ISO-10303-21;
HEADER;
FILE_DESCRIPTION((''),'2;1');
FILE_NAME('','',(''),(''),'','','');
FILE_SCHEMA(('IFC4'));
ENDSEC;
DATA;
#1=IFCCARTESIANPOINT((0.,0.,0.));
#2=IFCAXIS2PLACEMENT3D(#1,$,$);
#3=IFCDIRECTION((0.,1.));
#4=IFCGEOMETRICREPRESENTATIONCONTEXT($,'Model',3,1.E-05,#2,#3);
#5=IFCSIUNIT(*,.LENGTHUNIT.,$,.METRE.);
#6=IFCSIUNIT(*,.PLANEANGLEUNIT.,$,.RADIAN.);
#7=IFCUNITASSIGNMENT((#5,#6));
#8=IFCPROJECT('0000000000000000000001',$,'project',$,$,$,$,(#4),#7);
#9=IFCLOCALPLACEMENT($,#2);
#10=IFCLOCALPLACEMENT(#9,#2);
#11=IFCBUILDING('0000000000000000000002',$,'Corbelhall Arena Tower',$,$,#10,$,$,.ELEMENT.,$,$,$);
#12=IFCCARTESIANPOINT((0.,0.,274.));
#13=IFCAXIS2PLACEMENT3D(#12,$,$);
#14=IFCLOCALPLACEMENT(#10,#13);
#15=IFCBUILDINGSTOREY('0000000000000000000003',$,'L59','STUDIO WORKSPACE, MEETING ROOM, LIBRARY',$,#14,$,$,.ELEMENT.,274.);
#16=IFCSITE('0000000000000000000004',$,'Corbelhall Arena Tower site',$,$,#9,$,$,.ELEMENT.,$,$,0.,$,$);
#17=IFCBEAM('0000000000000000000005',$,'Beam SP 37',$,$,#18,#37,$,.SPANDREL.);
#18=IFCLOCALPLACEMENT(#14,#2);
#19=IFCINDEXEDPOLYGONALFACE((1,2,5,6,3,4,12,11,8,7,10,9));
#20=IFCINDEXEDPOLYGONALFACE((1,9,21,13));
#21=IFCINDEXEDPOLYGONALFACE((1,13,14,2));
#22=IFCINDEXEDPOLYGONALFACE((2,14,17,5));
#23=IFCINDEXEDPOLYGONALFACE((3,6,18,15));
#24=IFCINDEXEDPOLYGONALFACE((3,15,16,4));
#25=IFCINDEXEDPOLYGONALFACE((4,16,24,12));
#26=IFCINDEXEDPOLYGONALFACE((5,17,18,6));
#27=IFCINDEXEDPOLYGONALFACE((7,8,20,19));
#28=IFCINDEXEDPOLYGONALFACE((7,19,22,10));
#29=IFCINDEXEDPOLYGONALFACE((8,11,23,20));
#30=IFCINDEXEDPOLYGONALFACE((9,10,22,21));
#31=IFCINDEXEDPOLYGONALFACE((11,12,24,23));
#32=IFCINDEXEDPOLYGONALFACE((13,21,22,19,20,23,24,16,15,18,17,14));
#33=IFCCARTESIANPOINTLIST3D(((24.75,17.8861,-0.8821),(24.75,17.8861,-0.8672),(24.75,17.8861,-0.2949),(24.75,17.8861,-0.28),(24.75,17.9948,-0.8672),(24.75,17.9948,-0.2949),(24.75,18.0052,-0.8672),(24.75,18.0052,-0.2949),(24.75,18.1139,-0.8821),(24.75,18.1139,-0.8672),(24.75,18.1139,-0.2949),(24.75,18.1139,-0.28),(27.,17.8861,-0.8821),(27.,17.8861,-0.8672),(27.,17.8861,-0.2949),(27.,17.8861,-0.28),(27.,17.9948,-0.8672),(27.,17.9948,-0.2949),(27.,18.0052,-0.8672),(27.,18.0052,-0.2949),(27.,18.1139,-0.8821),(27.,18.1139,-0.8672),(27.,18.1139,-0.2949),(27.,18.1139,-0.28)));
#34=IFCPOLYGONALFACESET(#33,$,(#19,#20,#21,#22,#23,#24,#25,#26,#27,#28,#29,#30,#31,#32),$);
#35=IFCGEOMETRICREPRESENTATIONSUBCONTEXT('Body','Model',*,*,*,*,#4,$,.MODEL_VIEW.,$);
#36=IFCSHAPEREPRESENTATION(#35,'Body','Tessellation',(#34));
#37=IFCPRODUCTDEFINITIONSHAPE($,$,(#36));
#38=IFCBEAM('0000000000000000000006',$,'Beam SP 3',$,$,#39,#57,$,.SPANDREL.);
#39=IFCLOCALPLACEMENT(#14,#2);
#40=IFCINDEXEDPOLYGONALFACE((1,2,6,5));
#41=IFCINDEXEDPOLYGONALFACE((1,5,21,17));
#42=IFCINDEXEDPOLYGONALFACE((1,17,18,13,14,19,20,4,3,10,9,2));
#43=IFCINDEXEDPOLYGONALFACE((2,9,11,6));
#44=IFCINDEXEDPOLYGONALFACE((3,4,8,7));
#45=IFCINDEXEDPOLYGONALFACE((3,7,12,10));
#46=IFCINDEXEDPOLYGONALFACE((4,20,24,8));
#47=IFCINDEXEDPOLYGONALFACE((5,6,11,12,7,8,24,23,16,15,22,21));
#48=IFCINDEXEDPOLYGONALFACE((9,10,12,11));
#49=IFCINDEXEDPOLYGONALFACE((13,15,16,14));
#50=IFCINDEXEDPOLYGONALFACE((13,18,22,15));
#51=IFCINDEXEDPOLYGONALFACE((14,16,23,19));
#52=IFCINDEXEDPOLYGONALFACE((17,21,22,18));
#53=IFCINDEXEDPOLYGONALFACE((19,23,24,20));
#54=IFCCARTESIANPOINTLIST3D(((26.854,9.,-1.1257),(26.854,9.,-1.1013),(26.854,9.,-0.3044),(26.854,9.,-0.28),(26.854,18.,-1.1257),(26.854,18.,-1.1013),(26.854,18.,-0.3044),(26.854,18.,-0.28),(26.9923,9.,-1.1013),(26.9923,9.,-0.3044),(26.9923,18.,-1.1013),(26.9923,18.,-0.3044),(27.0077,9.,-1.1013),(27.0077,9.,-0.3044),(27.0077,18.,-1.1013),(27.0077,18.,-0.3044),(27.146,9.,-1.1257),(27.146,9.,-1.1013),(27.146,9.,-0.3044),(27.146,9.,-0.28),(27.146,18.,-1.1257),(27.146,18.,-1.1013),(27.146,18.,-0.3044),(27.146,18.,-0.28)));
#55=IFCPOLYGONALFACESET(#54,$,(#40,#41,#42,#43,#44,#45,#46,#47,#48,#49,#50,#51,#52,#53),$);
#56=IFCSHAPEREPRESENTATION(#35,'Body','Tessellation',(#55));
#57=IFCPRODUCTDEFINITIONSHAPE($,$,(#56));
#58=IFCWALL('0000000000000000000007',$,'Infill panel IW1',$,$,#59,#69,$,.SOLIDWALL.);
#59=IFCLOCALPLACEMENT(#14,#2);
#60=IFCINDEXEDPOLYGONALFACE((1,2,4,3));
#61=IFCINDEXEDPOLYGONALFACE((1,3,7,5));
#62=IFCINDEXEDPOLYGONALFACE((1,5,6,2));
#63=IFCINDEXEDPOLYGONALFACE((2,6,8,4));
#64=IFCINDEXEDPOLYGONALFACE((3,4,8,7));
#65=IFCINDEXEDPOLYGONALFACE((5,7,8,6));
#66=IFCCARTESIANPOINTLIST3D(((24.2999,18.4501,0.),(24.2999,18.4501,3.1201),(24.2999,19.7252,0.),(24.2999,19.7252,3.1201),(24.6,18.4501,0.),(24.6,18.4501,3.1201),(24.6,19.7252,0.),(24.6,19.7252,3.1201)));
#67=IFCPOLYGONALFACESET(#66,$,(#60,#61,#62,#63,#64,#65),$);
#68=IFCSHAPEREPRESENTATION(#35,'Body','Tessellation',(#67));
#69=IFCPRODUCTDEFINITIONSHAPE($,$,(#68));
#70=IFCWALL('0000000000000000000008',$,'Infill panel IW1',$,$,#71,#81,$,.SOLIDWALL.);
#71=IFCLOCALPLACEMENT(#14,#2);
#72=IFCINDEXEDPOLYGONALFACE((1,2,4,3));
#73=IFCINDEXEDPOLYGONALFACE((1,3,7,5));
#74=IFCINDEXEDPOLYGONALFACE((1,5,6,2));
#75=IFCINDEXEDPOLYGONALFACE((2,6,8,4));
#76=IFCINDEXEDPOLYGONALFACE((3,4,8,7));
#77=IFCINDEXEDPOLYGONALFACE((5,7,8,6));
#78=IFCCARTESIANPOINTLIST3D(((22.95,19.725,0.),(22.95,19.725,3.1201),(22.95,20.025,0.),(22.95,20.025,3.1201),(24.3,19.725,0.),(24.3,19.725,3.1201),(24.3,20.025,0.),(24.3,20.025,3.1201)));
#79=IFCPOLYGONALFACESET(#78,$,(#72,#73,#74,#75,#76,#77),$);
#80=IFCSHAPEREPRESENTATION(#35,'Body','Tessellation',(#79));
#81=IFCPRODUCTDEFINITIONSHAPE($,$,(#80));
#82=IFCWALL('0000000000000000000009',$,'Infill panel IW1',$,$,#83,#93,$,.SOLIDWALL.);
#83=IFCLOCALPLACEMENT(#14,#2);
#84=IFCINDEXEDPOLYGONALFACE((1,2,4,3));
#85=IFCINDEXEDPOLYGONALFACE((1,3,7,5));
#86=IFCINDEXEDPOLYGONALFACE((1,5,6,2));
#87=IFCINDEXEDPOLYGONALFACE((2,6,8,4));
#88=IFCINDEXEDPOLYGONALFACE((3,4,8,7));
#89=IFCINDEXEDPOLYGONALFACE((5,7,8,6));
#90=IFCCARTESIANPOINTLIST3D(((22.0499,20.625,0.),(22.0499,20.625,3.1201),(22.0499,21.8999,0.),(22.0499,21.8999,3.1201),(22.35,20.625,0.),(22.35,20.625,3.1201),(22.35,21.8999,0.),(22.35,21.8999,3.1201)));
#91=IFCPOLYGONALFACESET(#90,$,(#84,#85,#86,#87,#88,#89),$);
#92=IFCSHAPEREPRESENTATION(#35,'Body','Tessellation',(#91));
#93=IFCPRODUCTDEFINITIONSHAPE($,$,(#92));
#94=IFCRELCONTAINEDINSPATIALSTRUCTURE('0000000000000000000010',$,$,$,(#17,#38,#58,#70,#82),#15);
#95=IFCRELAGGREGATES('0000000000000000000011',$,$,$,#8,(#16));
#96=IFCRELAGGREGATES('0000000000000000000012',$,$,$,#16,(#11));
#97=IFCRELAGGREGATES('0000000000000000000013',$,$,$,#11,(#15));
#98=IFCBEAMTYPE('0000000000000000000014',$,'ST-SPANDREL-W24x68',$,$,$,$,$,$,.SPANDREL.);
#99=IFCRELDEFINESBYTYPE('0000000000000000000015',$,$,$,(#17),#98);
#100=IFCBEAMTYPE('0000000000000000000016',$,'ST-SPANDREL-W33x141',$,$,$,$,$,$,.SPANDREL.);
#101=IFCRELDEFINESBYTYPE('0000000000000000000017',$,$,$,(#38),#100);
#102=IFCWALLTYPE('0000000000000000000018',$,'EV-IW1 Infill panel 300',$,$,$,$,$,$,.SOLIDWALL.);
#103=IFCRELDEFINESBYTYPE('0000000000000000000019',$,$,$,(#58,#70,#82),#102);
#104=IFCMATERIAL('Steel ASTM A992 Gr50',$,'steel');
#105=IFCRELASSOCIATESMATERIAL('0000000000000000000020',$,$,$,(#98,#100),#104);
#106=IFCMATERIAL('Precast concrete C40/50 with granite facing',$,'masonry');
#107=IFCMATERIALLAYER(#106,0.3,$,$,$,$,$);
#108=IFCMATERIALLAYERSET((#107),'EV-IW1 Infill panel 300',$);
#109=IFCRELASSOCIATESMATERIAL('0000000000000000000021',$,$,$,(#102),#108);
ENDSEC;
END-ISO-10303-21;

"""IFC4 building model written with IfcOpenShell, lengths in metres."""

from ifc_helpers import new_model, si_unit, direction, frame, frame_2d, origin, origin_2d, place, context, subcontext, project, spatial, rectangle, i_section, extrude, material, layer, layer_set, material_profile, profile_set, type_object, element, save


model = new_model("IFC4")

# Units and contexts
model_context = context("Model", 3, precision=1e-05, world=origin(), true_north=direction((0.0, 1.0)))
body_context = subcontext(model_context, "Body", "Model", "MODEL_VIEW")
ifc_project = project(units=[si_unit("LENGTHUNIT", "METRE"), si_unit("PLANEANGLEUNIT", "RADIAN")], contexts=[model_context])

# Site, building, storey
site_placement = place(None, origin())
site = spatial("IfcSite", under=ifc_project, at=site_placement, Name="Corbelhall Arena Tower site", CompositionType="ELEMENT", RefElevation=0.0)
building_placement = place(site_placement, origin())
building = spatial("IfcBuilding", under=site, at=building_placement, Name="Corbelhall Arena Tower", CompositionType="ELEMENT")
storey_placement = place(building_placement, frame((0.0, 0.0, 274.0)))
storey = spatial("IfcBuildingStorey", under=building, at=storey_placement, Name="L59", Description="STUDIO WORKSPACE, MEETING ROOM, LIBRARY", CompositionType="ELEMENT", Elevation=274.0)

# Beams
ifc_material_1 = material(Name="Steel ASTM A992 Gr50", Category="steel")
ifc_material_profile_1 = material_profile(ifc_material_1, i_section(OverallWidth=0.2278, OverallDepth=0.6021, WebThickness=0.0105, FlangeThickness=0.0149, at=origin_2d()))
ifc_profile_set_1 = profile_set([ifc_material_profile_1], Name="Steel ASTM A992 Gr50")
beam_type_1 = type_object("IfcBeamType", Name="ST-SPANDREL-W24x68", PredefinedType="SPANDREL", material=ifc_profile_set_1)
beam_1_placement = place(storey_placement, frame((24.75, 18.0, -0.5811), z_axis=(1.0, 0.0, 0.0), x_axis=(0.0, 1.0, 0.0)))
element("IfcBeam", 1, at=beam_1_placement, inside=storey, type_object=beam_type_1, Name="Beam SP 37", PredefinedType="SPANDREL", context=body_context, shape_type="SweptSolid", body=[
    extrude(i_section(OverallWidth=0.2278, OverallDepth=0.6021, WebThickness=0.0105, FlangeThickness=0.0149, at=origin_2d()), origin(), (0.0, 0.0, 1.0), 2.25),
])
ifc_material_profile_2 = material_profile(ifc_material_1, i_section(OverallWidth=0.292, OverallDepth=0.8457, WebThickness=0.0154, FlangeThickness=0.0244, at=origin_2d()))
ifc_profile_set_2 = profile_set([ifc_material_profile_2], Name="Steel ASTM A992 Gr50")
beam_type_2 = type_object("IfcBeamType", Name="ST-SPANDREL-W33x141", PredefinedType="SPANDREL", material=ifc_profile_set_2)
beam_2_placement = place(storey_placement, frame((27.0, 18.0, -0.7029), z_axis=(0.0, -1.0, 0.0), x_axis=(1.0, 0.0, 0.0)))
element("IfcBeam", 2, at=beam_2_placement, inside=storey, type_object=beam_type_2, Name="Beam SP 3", PredefinedType="SPANDREL", context=body_context, shape_type="SweptSolid", body=[
    extrude(i_section(OverallWidth=0.292, OverallDepth=0.8457, WebThickness=0.0154, FlangeThickness=0.0244, at=origin_2d()), origin(), (0.0, 0.0, 1.0), 9.0),
])

# Walls
ifc_material_2 = material(Name="Precast concrete C40/50 with granite facing", Category="masonry")
ifc_layer_1 = layer(ifc_material_2, 0.3)
ifc_layer_set_1 = layer_set([ifc_layer_1], Name="EV-IW1 Infill panel 300")
wall_type_1 = type_object("IfcWallType", Name="EV-IW1 Infill panel 300", PredefinedType="SOLIDWALL", material=ifc_layer_set_1)
wall_1_placement = place(storey_placement, frame((24.45, 18.45, 0.0), z_axis=(0.0, 0.0, 1.0), x_axis=(0.0, 1.0, 0.0)))
element("IfcWall", 3, at=wall_1_placement, inside=storey, type_object=wall_type_1, Name="Infill panel IW1", PredefinedType="SOLIDWALL", context=body_context, shape_type="SweptSolid", body=[
    extrude(rectangle(XDim=1.2751, YDim=0.3, at=frame_2d((0.6377, 0.0))), origin(), (0.0, 0.0, 1.0), 3.1201),
])
wall_2_placement = place(storey_placement, frame((24.3, 19.875, 0.0), z_axis=(0.0, 0.0, 1.0), x_axis=(-1.0, 0.0, 0.0)))
element("IfcWall", 4, at=wall_2_placement, inside=storey, type_object=wall_type_1, Name="Infill panel IW1", PredefinedType="SOLIDWALL", context=body_context, shape_type="SweptSolid", body=[
    extrude(rectangle(XDim=1.3501, YDim=0.3, at=frame_2d((0.675, 0.0))), origin(), (0.0, 0.0, 1.0), 3.1201),
])
wall_3_placement = place(storey_placement, frame((22.2, 20.625, 0.0), z_axis=(0.0, 0.0, 1.0), x_axis=(0.0, 1.0, 0.0)))
element("IfcWall", 5, at=wall_3_placement, inside=storey, type_object=wall_type_1, Name="Infill panel IW1", PredefinedType="SOLIDWALL", context=body_context, shape_type="SweptSolid", body=[
    extrude(rectangle(XDim=1.2749, YDim=0.3, at=frame_2d((0.6375, 0.0))), origin(), (0.0, 0.0, 1.0), 3.1201),
])

save(model, "model.ifc")
